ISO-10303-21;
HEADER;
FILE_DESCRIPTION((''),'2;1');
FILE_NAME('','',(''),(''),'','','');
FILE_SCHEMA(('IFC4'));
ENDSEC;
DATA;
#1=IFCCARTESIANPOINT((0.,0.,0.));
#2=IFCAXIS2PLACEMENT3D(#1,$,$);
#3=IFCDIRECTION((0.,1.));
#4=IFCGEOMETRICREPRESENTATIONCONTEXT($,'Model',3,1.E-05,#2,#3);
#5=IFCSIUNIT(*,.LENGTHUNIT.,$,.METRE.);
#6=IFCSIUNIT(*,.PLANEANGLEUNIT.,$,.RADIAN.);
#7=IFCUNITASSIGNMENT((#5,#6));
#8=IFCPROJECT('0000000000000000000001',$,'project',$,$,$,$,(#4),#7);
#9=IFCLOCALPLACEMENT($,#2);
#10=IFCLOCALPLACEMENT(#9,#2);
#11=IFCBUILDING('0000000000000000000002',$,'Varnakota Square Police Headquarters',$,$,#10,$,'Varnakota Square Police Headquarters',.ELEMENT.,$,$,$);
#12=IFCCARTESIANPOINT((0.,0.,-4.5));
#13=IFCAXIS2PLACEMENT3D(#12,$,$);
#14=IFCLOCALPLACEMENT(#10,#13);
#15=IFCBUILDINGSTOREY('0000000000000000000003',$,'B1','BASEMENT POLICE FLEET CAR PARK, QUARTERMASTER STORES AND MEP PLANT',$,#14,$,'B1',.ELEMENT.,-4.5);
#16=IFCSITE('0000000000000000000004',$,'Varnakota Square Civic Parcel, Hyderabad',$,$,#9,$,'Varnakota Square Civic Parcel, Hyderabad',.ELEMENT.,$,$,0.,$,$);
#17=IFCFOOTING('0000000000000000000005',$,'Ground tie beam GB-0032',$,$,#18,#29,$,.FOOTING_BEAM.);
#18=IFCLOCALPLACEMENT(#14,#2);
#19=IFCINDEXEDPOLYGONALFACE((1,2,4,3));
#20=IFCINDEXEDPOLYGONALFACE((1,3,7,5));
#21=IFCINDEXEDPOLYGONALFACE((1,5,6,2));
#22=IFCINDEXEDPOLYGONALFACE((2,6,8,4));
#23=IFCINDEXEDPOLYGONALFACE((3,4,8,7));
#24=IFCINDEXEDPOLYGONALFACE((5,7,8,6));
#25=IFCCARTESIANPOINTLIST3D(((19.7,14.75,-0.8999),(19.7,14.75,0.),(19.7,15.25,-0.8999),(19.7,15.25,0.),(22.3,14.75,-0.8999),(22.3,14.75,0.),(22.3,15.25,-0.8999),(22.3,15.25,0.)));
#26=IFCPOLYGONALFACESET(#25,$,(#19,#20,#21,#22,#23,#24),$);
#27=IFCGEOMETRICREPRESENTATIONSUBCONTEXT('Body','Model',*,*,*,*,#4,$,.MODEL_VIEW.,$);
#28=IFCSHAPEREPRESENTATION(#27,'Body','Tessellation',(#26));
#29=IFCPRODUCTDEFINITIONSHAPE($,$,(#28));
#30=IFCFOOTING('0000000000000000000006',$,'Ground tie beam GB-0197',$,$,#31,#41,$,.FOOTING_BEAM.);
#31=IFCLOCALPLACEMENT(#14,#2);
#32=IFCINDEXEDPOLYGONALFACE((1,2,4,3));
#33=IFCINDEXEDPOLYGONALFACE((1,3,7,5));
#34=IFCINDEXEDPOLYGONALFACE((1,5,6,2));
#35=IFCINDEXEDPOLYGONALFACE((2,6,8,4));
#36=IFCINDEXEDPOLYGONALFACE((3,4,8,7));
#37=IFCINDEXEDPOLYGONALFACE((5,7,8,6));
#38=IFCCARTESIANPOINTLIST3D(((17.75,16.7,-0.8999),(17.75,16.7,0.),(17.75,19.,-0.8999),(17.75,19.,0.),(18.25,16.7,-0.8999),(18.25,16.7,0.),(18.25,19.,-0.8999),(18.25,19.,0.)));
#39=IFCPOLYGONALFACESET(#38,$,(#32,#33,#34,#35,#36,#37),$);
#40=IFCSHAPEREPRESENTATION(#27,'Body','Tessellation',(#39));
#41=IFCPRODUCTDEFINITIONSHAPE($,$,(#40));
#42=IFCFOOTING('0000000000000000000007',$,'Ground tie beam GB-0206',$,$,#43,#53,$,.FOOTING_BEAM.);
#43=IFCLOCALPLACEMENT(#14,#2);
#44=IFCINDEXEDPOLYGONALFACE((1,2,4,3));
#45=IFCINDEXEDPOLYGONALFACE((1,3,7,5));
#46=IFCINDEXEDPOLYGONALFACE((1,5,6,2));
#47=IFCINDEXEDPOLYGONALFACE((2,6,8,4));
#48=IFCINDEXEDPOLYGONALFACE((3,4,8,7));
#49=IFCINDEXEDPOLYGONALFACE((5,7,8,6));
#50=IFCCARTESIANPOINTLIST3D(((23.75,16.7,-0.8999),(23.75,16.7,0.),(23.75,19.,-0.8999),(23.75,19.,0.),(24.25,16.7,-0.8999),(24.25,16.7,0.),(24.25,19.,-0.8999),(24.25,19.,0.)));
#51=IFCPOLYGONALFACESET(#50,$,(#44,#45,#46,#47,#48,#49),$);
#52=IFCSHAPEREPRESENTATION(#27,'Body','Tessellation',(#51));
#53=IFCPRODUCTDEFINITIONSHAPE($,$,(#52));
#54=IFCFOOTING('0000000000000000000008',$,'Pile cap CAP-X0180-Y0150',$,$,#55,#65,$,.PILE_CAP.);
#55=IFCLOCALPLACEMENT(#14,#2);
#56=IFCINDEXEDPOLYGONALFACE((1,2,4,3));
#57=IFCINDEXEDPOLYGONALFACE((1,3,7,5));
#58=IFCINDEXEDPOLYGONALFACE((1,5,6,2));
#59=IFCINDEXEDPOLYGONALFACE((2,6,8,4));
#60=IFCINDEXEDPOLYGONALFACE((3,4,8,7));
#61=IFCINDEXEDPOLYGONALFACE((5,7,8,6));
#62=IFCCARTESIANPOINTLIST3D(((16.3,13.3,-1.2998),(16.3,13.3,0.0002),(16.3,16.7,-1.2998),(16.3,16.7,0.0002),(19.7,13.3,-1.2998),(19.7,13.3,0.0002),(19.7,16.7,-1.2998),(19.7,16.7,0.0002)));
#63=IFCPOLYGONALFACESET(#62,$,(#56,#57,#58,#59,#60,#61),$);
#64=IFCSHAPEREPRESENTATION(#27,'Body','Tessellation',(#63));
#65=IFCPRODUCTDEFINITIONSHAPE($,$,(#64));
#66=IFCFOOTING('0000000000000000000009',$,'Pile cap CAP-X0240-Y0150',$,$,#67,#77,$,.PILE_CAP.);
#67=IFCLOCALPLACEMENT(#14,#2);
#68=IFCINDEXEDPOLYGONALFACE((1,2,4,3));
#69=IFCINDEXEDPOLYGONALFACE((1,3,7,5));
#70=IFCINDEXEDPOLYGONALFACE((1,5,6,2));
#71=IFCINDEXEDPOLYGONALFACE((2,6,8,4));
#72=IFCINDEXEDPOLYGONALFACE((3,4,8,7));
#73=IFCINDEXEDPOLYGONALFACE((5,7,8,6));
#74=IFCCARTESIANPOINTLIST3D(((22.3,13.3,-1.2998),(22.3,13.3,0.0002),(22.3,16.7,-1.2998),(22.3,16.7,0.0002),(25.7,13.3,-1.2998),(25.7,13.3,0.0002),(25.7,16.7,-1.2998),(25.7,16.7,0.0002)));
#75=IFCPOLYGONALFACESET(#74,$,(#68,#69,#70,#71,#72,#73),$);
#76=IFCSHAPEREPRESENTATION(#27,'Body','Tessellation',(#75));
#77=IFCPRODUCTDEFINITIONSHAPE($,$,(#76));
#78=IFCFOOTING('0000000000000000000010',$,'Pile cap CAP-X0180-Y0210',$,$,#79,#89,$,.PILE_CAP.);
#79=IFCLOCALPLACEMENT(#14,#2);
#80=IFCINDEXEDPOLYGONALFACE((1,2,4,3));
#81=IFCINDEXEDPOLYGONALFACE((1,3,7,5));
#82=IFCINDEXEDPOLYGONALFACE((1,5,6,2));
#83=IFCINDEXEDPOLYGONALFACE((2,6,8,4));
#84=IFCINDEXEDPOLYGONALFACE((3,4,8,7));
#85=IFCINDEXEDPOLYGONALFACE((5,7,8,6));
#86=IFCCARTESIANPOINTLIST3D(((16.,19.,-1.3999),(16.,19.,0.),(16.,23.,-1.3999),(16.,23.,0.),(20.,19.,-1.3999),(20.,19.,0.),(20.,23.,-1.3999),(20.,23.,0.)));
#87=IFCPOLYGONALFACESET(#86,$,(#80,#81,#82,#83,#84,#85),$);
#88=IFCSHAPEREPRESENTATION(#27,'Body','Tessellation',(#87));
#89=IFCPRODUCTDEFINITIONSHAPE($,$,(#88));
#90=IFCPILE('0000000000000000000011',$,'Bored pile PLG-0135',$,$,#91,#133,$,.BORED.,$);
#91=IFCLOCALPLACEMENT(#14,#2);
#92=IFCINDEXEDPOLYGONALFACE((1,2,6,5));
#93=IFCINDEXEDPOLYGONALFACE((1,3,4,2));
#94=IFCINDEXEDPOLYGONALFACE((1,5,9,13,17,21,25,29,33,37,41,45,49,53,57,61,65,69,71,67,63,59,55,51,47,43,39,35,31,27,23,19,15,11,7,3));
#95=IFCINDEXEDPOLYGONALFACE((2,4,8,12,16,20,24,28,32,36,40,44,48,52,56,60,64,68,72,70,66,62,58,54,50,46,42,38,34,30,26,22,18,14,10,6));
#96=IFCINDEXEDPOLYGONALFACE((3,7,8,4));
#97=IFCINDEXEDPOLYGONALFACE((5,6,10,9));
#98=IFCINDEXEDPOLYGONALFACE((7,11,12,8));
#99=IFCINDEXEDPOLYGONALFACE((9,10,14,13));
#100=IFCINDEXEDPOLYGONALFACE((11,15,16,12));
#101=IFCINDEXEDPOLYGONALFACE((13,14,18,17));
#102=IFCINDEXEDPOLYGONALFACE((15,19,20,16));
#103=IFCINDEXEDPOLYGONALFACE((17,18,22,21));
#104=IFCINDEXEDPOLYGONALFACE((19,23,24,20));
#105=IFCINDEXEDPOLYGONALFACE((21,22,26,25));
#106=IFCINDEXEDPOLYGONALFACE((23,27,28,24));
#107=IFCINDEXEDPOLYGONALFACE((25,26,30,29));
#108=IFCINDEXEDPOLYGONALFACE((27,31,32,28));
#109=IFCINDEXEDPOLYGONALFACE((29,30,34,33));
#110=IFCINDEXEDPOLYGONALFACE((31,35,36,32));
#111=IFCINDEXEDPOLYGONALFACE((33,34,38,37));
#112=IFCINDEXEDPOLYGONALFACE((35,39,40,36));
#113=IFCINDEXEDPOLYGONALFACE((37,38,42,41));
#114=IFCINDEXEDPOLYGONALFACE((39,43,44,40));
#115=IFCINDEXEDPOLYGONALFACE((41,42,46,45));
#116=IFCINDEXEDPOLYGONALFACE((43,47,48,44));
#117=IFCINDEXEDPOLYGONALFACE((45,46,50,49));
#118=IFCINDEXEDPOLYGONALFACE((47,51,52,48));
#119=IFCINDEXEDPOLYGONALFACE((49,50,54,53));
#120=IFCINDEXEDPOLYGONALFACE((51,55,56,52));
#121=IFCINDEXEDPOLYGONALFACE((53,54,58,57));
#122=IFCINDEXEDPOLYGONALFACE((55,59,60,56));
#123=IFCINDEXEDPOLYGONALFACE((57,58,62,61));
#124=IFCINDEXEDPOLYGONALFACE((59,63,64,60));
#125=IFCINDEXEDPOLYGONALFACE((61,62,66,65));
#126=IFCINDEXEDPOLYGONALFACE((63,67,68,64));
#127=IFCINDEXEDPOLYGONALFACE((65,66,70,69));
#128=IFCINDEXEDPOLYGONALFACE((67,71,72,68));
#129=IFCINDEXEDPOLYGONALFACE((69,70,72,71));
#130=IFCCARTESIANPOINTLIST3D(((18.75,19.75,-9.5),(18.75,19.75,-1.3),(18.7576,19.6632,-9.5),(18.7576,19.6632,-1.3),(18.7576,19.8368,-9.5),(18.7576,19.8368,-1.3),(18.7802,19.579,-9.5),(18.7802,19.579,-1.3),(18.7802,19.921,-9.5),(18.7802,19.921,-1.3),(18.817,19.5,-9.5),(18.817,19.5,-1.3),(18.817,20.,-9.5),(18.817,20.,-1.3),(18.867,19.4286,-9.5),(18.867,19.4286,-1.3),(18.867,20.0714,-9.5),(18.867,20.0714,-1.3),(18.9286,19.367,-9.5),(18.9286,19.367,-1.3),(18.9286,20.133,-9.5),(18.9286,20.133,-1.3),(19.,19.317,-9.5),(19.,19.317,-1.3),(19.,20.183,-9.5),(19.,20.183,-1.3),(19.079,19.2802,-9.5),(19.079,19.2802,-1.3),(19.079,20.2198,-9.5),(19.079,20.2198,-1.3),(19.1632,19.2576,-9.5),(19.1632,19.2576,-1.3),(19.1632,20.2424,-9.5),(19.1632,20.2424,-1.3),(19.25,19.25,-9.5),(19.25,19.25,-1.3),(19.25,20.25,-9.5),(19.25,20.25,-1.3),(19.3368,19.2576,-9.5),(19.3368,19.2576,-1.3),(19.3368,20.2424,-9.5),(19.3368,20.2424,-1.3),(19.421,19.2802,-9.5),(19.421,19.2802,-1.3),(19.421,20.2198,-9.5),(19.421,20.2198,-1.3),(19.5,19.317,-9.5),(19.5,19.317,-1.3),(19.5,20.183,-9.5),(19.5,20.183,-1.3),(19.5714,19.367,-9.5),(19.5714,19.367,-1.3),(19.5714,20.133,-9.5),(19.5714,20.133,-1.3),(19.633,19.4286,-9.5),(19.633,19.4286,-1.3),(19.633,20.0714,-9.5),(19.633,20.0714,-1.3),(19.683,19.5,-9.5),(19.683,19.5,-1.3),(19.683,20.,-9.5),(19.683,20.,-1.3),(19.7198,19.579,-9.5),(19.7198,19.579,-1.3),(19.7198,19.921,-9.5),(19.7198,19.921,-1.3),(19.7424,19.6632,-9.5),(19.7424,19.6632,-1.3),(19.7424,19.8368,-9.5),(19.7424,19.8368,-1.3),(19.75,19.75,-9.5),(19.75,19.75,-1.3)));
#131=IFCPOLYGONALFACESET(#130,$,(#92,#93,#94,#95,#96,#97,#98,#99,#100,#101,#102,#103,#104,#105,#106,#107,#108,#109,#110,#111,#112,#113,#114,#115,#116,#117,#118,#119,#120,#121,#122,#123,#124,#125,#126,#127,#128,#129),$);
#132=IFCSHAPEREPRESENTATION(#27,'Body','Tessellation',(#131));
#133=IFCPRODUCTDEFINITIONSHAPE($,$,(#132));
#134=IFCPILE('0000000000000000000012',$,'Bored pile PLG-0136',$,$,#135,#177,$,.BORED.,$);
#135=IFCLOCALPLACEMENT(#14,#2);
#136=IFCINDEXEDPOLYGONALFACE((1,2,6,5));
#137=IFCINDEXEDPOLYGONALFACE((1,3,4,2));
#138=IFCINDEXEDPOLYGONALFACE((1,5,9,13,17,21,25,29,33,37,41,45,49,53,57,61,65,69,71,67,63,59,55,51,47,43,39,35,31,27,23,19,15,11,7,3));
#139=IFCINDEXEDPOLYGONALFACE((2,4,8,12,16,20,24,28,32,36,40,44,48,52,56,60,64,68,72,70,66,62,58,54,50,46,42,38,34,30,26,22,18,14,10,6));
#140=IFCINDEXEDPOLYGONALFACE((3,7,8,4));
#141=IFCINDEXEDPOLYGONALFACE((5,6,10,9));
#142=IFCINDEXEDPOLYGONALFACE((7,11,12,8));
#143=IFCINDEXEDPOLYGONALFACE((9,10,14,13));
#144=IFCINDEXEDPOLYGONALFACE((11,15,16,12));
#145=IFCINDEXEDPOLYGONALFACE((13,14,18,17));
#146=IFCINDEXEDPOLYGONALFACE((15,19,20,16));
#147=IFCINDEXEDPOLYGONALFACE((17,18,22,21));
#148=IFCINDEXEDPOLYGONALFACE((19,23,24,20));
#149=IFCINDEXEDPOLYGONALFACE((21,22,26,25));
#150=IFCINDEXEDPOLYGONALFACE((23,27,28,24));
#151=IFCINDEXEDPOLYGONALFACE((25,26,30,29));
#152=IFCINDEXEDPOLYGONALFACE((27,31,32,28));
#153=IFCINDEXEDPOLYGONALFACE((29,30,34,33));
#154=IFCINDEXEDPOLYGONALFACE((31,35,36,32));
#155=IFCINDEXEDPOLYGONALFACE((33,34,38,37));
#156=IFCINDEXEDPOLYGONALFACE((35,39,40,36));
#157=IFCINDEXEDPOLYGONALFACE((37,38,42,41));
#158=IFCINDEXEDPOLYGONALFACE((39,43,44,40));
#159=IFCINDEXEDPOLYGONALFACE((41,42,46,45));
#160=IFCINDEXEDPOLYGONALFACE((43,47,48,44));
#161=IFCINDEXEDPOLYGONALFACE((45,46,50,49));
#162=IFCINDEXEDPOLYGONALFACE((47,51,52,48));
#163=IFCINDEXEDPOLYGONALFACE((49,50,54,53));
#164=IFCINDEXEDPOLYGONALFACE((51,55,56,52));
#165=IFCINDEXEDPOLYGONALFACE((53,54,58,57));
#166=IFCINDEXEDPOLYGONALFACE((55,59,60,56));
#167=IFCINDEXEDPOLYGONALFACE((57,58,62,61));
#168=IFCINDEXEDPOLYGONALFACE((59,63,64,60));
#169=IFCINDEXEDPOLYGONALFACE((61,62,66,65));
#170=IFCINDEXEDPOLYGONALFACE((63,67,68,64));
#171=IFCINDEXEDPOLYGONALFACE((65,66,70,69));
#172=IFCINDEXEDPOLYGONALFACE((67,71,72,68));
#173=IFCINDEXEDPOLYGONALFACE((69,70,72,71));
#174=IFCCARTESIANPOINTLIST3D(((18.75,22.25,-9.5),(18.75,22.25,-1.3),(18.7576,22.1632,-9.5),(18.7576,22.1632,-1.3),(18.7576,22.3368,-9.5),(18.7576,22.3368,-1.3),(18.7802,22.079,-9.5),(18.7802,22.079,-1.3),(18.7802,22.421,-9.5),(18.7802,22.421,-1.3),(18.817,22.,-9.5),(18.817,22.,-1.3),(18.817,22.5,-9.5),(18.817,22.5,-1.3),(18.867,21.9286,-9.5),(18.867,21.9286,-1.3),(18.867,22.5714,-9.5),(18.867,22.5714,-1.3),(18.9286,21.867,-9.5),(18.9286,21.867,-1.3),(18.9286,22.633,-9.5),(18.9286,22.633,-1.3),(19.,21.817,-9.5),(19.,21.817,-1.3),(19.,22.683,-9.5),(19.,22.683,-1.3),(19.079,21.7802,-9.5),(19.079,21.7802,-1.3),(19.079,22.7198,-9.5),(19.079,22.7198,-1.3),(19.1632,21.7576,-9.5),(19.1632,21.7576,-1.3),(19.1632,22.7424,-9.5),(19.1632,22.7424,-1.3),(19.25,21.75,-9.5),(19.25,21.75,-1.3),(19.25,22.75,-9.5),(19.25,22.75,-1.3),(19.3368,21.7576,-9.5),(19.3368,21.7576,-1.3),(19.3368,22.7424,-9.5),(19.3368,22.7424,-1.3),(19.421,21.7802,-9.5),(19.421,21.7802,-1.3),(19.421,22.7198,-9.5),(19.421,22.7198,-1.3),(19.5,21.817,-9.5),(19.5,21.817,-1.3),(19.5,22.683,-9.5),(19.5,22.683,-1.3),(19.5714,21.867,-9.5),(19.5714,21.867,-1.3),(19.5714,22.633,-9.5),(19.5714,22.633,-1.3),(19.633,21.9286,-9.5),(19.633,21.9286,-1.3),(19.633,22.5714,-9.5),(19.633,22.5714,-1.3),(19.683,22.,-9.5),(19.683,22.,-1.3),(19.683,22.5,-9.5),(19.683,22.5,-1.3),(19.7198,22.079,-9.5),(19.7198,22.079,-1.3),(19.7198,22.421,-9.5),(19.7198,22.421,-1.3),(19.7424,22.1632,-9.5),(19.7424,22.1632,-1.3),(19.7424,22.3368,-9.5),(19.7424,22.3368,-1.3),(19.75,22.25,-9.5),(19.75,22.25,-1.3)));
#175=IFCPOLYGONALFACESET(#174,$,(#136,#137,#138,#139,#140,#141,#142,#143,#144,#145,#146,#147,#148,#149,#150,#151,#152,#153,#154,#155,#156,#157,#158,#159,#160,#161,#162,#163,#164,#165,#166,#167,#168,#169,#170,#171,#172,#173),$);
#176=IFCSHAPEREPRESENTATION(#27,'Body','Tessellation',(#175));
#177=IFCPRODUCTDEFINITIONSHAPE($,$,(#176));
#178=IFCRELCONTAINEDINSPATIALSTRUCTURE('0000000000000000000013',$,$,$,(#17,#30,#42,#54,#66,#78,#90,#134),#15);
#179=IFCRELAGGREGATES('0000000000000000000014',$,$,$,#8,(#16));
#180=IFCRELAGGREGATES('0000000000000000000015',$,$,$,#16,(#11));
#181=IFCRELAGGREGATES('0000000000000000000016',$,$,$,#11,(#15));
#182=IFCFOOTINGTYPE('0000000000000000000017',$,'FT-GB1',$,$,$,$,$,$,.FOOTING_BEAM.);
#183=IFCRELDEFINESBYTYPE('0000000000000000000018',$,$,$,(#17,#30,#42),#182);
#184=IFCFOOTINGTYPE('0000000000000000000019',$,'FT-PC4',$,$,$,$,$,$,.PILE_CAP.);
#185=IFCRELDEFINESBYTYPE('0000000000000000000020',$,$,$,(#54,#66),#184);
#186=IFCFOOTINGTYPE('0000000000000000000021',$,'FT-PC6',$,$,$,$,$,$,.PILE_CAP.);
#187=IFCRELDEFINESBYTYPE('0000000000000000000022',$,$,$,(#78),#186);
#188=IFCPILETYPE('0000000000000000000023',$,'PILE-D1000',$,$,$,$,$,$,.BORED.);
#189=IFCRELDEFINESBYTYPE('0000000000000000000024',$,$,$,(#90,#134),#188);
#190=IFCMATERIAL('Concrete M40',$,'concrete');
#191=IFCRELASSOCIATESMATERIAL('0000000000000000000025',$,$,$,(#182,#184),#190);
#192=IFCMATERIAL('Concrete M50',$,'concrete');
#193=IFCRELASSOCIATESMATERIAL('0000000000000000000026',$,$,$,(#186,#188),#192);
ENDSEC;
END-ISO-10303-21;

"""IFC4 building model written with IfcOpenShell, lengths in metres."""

from ifc_helpers import new_model, si_unit, direction, frame, origin, origin_2d, place, context, subcontext, project, spatial, rectangle, circle, extrude, material, material_profile, profile_set, type_object, element, save


model = new_model("IFC4")

# Units and contexts
model_context = context("Model", 3, precision=1e-05, world=origin(), true_north=direction((0.0, 1.0)))
body_context = subcontext(model_context, "Body", "Model", "MODEL_VIEW")
ifc_project = project(units=[si_unit("LENGTHUNIT", "METRE"), si_unit("PLANEANGLEUNIT", "RADIAN")], contexts=[model_context])

# Site, building, storey
site_placement = place(None, origin())
site = spatial("IfcSite", under=ifc_project, at=site_placement, Name="Varnakota Square Civic Parcel, Hyderabad", LongName="Varnakota Square Civic Parcel, Hyderabad", CompositionType="ELEMENT", RefElevation=0.0)
building_placement = place(site_placement, origin())
building = spatial("IfcBuilding", under=site, at=building_placement, Name="Varnakota Square Police Headquarters", LongName="Varnakota Square Police Headquarters", CompositionType="ELEMENT")
storey_placement = place(building_placement, frame((0.0, 0.0, -4.5)))
storey = spatial("IfcBuildingStorey", under=building, at=storey_placement, Name="B1", Description="BASEMENT POLICE FLEET CAR PARK, QUARTERMASTER STORES AND MEP PLANT", LongName="B1", CompositionType="ELEMENT", Elevation=-4.5)

# Footings
ifc_material_1 = material(Name="Concrete M40", Category="concrete")
ifc_material_profile_1 = material_profile(ifc_material_1, rectangle(XDim=0.5, YDim=0.8999, at=origin_2d()), Name="GB 500x900")
ifc_profile_set_1 = profile_set([ifc_material_profile_1], Name="Concrete M40")
footing_type_1 = type_object("IfcFootingType", Name="FT-GB1", PredefinedType="FOOTING_BEAM", material=ifc_profile_set_1)
footing_1_placement = place(storey_placement, frame((19.7, 15.0, -0.45), z_axis=(1.0, 0.0, 0.0), x_axis=(0.0, 1.0, 0.0)))
element("IfcFooting", 1, at=footing_1_placement, inside=storey, type_object=footing_type_1, Name="Ground tie beam GB-0032", PredefinedType="FOOTING_BEAM", context=body_context, shape_type="SweptSolid", body=[
    extrude(rectangle(XDim=0.5, YDim=0.8999, at=origin_2d()), origin(), (0.0, 0.0, 1.0), 2.6001),
])
for number, where, z_axis, x_axis, name in (
    (2, (18.0, 16.7, -0.45), (0.0, 1.0, 0.0), (-1.0, 0.0, 0.0), "Ground tie beam GB-0197"),
    (3, (24.0, 16.7, -0.45), (0.0, 1.0, 0.0), (-1.0, 0.0, 0.0), "Ground tie beam GB-0206"),
):
    element("IfcFooting", number, at=place(storey_placement, frame(where, z_axis=z_axis, x_axis=x_axis)), inside=storey, type_object=footing_type_1, Name=name, PredefinedType="FOOTING_BEAM", context=body_context, shape_type="SweptSolid", body=[
        extrude(rectangle(XDim=0.5, YDim=0.8999, at=origin_2d()), origin(), (0.0, 0.0, 1.0), 2.3),
    ])
footing_type_2 = type_object("IfcFootingType", Name="FT-PC4", PredefinedType="PILE_CAP", material=ifc_material_1)
for number, where, z_axis, x_axis, name in (
    (4, (18.0, 15.0, -1.2998), (0.0, 0.0, 1.0), (1.0, 0.0, 0.0), "Pile cap CAP-X0180-Y0150"),
    (5, (24.0, 15.0, -1.2998), (0.0, 0.0, 1.0), (1.0, 0.0, 0.0), "Pile cap CAP-X0240-Y0150"),
):
    element("IfcFooting", number, at=place(storey_placement, frame(where, z_axis=z_axis, x_axis=x_axis)), inside=storey, type_object=footing_type_2, Name=name, PredefinedType="PILE_CAP", context=body_context, shape_type="SweptSolid", body=[
        extrude(rectangle(XDim=3.3999, YDim=3.3999, at=origin_2d()), origin(), (0.0, 0.0, 1.0), 1.3),
    ])
ifc_material_2 = material(Name="Concrete M50", Category="concrete")
footing_type_3 = type_object("IfcFootingType", Name="FT-PC6", PredefinedType="PILE_CAP", material=ifc_material_2)
footing_2_placement = place(storey_placement, frame((18.0, 21.0, -1.3999), z_axis=(0.0, 0.0, 1.0), x_axis=(1.0, 0.0, 0.0)))
element("IfcFooting", 6, at=footing_2_placement, inside=storey, type_object=footing_type_3, Name="Pile cap CAP-X0180-Y0210", PredefinedType="PILE_CAP", context=body_context, shape_type="SweptSolid", body=[
    extrude(rectangle(XDim=4.0, YDim=4.0, at=origin_2d()), origin(), (0.0, 0.0, 1.0), 1.3999),
])

# Piles
ifc_material_profile_2 = material_profile(ifc_material_2, circle(Radius=0.5, at=origin_2d()), Name="BORED PILE 1000")
ifc_profile_set_2 = profile_set([ifc_material_profile_2], Name="Concrete M50")
pile_type_1 = type_object("IfcPileType", Name="PILE-D1000", PredefinedType="BORED", material=ifc_profile_set_2)
for number, where, z_axis, x_axis, name in (
    (7, (19.25, 19.75, -1.3), (0.0, 0.0, -1.0), (1.0, 0.0, 0.0), "Bored pile PLG-0135"),
    (8, (19.25, 22.25, -1.3), (0.0, 0.0, -1.0), (1.0, 0.0, 0.0), "Bored pile PLG-0136"),
):
    element("IfcPile", number, at=place(storey_placement, frame(where, z_axis=z_axis, x_axis=x_axis)), inside=storey, type_object=pile_type_1, Name=name, PredefinedType="BORED", context=body_context, shape_type="SweptSolid", body=[
        extrude(circle(Radius=0.5, at=origin_2d()), origin(), (0.0, 0.0, 1.0), 8.2),
    ])

save(model, "model.ifc")
